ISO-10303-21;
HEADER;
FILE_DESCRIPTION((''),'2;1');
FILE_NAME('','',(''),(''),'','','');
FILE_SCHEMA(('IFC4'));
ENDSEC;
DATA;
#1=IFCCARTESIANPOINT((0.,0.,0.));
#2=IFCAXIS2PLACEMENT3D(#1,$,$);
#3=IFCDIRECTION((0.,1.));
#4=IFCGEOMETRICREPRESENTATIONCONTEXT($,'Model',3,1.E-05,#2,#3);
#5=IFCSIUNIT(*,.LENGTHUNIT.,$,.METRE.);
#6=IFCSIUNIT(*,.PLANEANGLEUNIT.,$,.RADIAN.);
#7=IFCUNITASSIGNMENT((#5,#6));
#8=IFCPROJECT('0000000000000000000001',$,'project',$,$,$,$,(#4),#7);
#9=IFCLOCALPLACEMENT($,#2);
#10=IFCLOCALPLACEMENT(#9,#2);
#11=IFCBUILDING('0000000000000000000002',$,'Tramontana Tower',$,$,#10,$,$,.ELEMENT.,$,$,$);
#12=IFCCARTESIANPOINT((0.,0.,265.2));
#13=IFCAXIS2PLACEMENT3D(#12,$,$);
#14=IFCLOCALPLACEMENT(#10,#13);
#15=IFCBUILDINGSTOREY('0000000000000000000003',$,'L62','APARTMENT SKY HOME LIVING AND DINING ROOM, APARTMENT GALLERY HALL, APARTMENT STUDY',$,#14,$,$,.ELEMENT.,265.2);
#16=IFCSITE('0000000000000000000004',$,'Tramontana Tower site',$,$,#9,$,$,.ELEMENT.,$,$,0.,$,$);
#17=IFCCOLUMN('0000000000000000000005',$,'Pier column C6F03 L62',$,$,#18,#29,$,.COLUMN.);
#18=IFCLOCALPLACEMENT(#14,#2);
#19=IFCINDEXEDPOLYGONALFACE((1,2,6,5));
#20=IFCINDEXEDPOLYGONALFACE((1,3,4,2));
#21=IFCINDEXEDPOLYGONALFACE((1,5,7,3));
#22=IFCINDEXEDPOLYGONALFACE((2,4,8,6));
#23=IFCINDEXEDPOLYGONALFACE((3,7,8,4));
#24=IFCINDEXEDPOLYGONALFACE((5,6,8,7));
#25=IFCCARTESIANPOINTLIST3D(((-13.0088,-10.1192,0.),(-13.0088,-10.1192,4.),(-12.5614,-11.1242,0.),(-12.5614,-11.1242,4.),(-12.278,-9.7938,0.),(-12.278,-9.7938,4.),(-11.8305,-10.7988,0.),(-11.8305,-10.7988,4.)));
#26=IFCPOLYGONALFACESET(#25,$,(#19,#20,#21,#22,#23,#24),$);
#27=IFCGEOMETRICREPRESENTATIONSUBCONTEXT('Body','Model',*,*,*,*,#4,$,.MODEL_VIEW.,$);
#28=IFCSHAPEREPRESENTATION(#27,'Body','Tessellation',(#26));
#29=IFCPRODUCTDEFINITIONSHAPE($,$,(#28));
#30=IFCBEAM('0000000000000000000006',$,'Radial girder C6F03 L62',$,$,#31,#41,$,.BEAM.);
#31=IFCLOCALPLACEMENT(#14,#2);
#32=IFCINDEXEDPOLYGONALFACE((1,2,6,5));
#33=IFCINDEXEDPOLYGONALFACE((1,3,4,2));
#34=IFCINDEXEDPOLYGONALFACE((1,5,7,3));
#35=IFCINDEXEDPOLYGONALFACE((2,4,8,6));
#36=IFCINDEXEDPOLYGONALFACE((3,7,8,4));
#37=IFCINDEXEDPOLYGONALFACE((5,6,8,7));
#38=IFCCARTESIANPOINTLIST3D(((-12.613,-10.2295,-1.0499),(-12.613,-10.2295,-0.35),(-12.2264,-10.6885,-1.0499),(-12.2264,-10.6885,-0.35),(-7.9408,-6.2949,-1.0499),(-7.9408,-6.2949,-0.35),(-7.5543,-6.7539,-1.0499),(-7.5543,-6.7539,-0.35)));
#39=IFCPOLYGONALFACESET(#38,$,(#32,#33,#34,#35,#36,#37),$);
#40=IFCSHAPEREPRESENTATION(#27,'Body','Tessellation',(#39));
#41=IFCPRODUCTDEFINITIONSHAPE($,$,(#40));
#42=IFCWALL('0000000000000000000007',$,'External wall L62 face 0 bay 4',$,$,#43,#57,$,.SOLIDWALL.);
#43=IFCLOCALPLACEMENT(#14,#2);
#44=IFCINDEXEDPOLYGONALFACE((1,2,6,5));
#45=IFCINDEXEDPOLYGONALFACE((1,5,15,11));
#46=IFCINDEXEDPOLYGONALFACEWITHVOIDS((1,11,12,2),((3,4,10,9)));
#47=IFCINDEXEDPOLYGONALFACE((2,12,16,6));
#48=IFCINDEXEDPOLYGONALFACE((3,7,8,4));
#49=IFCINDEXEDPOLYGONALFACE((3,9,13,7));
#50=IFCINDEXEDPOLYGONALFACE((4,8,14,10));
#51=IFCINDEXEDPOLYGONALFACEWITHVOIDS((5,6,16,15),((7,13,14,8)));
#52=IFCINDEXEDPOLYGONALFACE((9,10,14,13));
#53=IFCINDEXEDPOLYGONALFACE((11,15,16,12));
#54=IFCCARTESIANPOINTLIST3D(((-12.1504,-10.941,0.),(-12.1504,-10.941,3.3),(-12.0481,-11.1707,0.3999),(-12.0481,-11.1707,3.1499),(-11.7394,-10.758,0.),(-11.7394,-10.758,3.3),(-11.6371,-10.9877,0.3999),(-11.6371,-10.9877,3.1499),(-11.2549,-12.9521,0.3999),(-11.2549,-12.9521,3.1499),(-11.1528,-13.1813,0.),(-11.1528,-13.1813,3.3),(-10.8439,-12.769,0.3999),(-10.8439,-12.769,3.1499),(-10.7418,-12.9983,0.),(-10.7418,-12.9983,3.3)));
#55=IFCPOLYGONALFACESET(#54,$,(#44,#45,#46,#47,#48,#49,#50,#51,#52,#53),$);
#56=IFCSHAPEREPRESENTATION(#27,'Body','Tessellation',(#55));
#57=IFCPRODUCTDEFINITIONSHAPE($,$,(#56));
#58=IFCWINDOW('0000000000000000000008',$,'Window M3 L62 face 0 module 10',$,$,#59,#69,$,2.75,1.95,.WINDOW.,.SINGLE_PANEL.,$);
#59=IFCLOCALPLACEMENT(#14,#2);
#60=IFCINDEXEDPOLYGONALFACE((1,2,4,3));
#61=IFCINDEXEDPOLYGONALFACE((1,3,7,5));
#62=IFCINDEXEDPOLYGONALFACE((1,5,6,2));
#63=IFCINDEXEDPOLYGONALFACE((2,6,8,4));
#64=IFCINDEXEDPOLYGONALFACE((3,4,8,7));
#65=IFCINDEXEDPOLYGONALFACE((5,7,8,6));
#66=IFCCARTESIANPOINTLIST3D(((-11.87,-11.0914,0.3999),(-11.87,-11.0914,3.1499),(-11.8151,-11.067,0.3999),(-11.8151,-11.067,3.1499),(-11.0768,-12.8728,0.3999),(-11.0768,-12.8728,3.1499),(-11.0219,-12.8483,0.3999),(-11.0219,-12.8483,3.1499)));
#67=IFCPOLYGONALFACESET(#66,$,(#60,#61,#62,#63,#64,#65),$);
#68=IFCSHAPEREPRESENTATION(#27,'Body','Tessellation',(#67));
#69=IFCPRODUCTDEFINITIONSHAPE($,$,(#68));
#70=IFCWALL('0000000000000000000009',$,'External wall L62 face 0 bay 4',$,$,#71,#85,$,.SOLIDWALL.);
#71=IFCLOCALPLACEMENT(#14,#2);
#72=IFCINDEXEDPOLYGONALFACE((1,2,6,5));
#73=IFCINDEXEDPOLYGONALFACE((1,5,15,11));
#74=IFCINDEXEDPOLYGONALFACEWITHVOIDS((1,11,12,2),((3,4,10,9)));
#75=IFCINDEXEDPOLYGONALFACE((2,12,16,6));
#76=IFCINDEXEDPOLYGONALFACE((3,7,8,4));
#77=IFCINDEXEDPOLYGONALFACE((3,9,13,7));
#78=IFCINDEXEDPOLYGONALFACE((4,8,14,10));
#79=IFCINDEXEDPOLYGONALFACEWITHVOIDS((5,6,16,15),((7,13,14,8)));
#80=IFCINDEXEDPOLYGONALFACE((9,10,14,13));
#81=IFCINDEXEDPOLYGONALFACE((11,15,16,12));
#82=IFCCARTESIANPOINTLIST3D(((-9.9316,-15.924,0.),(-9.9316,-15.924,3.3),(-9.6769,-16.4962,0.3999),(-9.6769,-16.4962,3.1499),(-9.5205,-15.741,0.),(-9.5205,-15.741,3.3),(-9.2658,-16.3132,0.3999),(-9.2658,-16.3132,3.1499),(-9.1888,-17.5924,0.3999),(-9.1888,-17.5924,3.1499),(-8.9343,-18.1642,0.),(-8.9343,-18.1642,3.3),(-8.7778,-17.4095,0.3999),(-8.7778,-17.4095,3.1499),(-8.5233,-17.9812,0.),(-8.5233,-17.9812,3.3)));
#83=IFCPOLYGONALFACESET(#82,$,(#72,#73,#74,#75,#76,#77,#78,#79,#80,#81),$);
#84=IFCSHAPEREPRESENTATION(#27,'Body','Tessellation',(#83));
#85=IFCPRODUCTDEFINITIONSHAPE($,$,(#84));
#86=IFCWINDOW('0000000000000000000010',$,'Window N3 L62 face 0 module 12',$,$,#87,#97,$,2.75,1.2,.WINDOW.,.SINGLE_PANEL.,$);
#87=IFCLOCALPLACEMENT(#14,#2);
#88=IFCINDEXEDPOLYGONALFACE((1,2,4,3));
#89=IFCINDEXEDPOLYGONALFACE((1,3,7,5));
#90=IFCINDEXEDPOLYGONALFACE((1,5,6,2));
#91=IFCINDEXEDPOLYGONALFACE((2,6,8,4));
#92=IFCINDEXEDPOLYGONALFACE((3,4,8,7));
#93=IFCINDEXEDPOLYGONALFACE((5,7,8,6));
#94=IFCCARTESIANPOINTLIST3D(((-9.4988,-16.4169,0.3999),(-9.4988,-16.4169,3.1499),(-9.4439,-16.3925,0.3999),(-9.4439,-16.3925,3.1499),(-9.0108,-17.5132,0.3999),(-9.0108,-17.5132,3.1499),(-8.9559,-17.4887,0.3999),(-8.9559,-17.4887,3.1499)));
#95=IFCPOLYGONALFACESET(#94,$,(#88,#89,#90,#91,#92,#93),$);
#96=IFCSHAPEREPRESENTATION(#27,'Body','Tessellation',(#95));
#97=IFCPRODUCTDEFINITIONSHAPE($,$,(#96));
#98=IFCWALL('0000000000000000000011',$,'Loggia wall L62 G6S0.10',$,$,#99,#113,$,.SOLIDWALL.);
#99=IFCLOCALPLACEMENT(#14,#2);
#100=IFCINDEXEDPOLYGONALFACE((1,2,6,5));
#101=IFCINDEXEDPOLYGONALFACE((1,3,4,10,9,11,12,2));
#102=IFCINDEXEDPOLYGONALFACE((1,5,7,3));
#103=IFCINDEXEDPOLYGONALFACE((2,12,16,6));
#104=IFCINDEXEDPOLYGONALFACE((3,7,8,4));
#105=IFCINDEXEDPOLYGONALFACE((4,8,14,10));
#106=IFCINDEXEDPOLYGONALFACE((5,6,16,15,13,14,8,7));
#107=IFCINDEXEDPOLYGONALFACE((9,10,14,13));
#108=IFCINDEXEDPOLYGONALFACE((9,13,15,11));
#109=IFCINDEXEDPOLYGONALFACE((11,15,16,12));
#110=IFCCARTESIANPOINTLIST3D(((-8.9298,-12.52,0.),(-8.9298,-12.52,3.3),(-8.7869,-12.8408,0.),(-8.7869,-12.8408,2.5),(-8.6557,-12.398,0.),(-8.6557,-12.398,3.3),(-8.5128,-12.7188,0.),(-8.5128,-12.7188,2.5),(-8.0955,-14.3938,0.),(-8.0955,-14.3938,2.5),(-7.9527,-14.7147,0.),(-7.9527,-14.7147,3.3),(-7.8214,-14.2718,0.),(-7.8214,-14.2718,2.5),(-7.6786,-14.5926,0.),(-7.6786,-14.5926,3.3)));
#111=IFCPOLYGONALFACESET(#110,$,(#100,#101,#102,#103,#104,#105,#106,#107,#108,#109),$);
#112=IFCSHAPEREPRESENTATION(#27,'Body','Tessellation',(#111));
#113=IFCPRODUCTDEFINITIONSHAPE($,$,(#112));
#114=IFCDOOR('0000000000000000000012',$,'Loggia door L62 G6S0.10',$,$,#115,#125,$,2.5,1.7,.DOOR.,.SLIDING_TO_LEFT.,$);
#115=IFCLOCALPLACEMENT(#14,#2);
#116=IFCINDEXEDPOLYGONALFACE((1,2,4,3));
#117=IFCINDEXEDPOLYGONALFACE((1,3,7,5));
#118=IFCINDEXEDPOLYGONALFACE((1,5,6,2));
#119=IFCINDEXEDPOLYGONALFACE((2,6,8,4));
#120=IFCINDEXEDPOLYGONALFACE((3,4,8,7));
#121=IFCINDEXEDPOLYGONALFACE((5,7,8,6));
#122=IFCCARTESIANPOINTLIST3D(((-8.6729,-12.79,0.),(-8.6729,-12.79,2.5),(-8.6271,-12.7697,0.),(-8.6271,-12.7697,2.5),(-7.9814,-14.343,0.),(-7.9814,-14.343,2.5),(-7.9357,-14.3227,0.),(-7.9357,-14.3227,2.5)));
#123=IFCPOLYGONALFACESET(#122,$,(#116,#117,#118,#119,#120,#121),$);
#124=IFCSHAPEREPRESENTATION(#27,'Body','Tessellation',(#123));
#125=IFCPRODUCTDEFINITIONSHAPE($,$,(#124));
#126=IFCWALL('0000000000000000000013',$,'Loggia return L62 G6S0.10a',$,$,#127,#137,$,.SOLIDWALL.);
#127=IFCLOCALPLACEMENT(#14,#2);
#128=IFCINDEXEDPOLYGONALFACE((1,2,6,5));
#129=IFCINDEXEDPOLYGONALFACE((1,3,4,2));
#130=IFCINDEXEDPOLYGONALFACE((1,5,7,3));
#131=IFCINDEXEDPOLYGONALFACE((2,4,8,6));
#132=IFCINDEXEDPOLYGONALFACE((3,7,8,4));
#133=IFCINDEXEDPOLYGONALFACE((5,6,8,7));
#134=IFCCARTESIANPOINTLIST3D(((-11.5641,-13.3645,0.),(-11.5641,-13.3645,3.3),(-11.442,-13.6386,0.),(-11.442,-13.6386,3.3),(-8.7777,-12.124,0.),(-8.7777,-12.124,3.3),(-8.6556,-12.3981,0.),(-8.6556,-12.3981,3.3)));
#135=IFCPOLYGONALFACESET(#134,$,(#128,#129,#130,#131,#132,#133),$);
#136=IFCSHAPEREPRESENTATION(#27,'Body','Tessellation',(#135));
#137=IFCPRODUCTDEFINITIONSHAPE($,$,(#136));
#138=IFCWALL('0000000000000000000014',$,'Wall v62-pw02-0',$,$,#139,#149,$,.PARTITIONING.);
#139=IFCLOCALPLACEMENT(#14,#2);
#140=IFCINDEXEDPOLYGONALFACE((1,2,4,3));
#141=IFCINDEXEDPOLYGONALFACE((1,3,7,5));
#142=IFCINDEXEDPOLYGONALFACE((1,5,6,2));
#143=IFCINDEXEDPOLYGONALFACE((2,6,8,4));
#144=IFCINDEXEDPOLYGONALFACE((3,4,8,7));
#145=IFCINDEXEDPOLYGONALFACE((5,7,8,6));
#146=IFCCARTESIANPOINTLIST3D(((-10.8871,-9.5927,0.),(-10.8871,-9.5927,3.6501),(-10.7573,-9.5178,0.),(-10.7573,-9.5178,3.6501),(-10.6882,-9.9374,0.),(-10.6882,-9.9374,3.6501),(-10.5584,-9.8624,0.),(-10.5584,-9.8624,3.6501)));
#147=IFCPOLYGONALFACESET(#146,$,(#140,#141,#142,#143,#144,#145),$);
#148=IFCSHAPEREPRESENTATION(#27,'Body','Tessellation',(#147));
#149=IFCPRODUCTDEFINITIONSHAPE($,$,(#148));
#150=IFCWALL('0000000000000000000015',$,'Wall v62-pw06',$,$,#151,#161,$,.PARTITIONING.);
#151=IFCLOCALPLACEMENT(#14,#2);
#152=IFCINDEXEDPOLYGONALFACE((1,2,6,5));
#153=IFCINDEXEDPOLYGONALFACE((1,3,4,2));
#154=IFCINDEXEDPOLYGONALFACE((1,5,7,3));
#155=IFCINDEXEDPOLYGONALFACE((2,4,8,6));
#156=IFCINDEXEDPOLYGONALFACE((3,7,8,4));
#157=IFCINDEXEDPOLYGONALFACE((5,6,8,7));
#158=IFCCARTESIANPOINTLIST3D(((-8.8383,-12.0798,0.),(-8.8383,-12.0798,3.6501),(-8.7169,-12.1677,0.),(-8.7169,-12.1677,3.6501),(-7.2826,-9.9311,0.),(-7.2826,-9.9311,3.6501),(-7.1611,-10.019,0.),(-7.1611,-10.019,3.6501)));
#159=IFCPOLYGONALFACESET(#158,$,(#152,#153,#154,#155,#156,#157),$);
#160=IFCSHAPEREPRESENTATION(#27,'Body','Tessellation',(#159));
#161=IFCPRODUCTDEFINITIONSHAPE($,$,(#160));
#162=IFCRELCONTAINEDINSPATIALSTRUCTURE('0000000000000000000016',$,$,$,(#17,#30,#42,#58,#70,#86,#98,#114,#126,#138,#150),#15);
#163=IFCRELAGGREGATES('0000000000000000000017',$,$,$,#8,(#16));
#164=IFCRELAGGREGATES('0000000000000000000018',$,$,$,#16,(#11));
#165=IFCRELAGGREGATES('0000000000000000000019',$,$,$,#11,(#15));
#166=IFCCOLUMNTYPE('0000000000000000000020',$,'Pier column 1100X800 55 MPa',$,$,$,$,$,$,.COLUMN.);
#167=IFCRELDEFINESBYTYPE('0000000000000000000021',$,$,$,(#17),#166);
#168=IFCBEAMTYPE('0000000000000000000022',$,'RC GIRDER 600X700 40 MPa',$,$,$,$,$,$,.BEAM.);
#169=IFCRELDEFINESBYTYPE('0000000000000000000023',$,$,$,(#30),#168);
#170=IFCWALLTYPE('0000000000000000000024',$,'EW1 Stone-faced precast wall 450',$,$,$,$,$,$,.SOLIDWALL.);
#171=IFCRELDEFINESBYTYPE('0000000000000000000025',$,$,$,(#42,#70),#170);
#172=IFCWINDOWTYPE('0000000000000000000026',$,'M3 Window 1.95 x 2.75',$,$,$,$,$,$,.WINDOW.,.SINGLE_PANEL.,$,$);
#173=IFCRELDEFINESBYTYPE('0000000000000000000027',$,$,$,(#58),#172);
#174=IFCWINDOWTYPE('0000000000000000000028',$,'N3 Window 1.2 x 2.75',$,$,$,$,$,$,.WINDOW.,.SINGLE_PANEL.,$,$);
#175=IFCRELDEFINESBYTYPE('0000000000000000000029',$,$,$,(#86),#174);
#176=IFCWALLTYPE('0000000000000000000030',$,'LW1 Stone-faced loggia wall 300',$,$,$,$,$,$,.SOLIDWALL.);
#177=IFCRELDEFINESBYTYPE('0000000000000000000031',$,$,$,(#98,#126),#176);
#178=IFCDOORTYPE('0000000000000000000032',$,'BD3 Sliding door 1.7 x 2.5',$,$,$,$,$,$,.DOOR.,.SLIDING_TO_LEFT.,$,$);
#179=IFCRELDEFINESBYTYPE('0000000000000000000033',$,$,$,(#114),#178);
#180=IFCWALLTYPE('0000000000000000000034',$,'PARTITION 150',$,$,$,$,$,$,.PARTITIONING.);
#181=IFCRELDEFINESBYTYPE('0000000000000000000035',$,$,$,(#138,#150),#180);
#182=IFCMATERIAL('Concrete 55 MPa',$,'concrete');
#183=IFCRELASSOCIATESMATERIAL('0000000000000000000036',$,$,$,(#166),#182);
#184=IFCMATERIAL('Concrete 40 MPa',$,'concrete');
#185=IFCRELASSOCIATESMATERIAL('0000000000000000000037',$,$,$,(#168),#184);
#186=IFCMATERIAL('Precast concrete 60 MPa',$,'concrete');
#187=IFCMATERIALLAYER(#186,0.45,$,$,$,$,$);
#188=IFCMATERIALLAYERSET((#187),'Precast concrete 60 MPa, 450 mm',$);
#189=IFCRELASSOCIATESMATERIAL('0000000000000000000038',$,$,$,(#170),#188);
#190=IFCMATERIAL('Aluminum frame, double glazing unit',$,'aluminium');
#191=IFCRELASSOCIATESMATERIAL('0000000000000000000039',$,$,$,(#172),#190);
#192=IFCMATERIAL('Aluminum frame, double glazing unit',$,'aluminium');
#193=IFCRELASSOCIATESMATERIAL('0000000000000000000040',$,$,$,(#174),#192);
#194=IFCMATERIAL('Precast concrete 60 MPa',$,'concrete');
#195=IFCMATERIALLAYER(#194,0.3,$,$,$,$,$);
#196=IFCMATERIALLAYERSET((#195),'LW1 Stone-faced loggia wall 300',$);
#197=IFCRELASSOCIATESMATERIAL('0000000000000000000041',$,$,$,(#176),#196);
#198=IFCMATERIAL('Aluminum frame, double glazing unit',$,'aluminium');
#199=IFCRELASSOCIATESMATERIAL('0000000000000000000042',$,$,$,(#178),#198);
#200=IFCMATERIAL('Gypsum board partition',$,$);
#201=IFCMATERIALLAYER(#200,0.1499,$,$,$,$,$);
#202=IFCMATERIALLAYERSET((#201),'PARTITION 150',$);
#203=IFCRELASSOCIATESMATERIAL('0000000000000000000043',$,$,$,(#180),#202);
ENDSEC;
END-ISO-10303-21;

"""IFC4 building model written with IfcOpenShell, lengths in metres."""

from ifc_helpers import new_model, si_unit, direction, frame, frame_2d, origin, origin_2d, place, context, subcontext, project, spatial, rectangle, extrude, material, layer, layer_set, material_profile, profile_set, type_object, element, fill, save


model = new_model("IFC4")

# Units and contexts
model_context = context("Model", 3, precision=1e-05, world=origin(), true_north=direction((0.0, 1.0)))
body_context = subcontext(model_context, "Body", "Model", "MODEL_VIEW")
ifc_project = project(units=[si_unit("LENGTHUNIT", "METRE"), si_unit("PLANEANGLEUNIT", "RADIAN")], contexts=[model_context])

# Site, building, storey
site_placement = place(None, origin())
site = spatial("IfcSite", under=ifc_project, at=site_placement, Name="Tramontana Tower site", CompositionType="ELEMENT", RefElevation=0.0)
building_placement = place(site_placement, origin())
building = spatial("IfcBuilding", under=site, at=building_placement, Name="Tramontana Tower", CompositionType="ELEMENT")
storey_placement = place(building_placement, frame((0.0, 0.0, 265.2)))
storey = spatial("IfcBuildingStorey", under=building, at=storey_placement, Name="L62", Description="APARTMENT SKY HOME LIVING AND DINING ROOM, APARTMENT GALLERY HALL, APARTMENT STUDY", CompositionType="ELEMENT", Elevation=265.2)

# Column
ifc_material_1 = material(Name="Concrete 55 MPa", Category="concrete")
ifc_material_profile_1 = material_profile(ifc_material_1, rectangle(XDim=1.1001, YDim=0.8, at=origin_2d()), Name="Pier column 1100X800 55 MPa")
ifc_profile_set_1 = profile_set([ifc_material_profile_1], Name="Concrete 55 MPa")
column_type = type_object("IfcColumnType", Name="Pier column 1100X800 55 MPa", PredefinedType="COLUMN", material=ifc_profile_set_1)
column_placement = place(storey_placement, frame((-12.4197, -10.459, 0.0), z_axis=(0.0, 0.0, 1.0), x_axis=(0.406737, -0.913545, 0.0)))
element("IfcColumn", 1, at=column_placement, inside=storey, type_object=column_type, Name="Pier column C6F03 L62", PredefinedType="COLUMN", context=body_context, shape_type="SweptSolid", body=[
    extrude(rectangle(XDim=1.1001, YDim=0.8, at=origin_2d()), origin(), (0.0, 0.0, 1.0), 4.0),
])

# Beam
ifc_material_2 = material(Name="Concrete 40 MPa", Category="concrete")
ifc_material_profile_2 = material_profile(ifc_material_2, rectangle(XDim=0.6001, YDim=0.7, at=origin_2d()), Name="RC GIRDER 600X700 40 MPa")
ifc_profile_set_2 = profile_set([ifc_material_profile_2], Name="Concrete 40 MPa")
beam_type = type_object("IfcBeamType", Name="RC GIRDER 600X700 40 MPa", PredefinedType="BEAM", material=ifc_profile_set_2)
beam_placement = place(storey_placement, frame((-12.4197, -10.459, -0.7), z_axis=(0.764899, 0.644151, 0.0), x_axis=(-0.644151, 0.764899, 0.0)))
element("IfcBeam", 2, at=beam_placement, inside=storey, type_object=beam_type, Name="Radial girder C6F03 L62", PredefinedType="BEAM", context=body_context, shape_type="SweptSolid", body=[
    extrude(rectangle(XDim=0.6001, YDim=0.7, at=origin_2d()), origin(), (0.0, 0.0, 1.0), 6.1082),
])

# Walls, openings, windows
ifc_material_3 = material(Name="Precast concrete 60 MPa", Category="concrete")
ifc_layer_1 = layer(ifc_material_3, 0.45)
ifc_layer_set_1 = layer_set([ifc_layer_1], Name="Precast concrete 60 MPa, 450 mm")
wall_type_1 = type_object("IfcWallType", Name="EW1 Stone-faced precast wall 450", PredefinedType="SOLIDWALL", material=ifc_layer_set_1)
wall_1_placement = place(storey_placement, frame((-11.9448, -10.8496, 0.0), z_axis=(0.0, 0.0, 1.0), x_axis=(0.406785, -0.913524, 0.0)))
wall_1 = element("IfcWall", 3, at=wall_1_placement, inside=storey, type_object=wall_type_1, Name="External wall L62 face 0 bay 4", PredefinedType="SOLIDWALL", context=body_context, shape_type="SweptSolid", body=[
    extrude(rectangle(XDim=2.4524, YDim=0.45, at=frame_2d((1.2261, 0.0))), origin(), (0.0, 0.0, 1.0), 3.3),
])
opening_1_placement = place(wall_1_placement, frame((0.2512, 0.0, 0.3999)))
opening_1 = element("IfcOpeningElement", 4, at=opening_1_placement, cuts=wall_1, PredefinedType="OPENING", context=body_context, shape_type="SweptSolid", body=[
    extrude(rectangle(XDim=1.95, YDim=2.75, at=frame_2d((0.9751, 1.375))), frame((0.0, 0.2349, 0.0), z_axis=(0.0, -1.0, 0.0), x_axis=(1.0, 0.0, 0.0)), (0.0, 0.0, 1.0), 0.47),
])
ifc_material_4 = material(Name="Aluminum frame, double glazing unit", Category="aluminium")
window_type_1 = type_object("IfcWindowType", Name="M3 Window 1.95 x 2.75", PartitioningType="SINGLE_PANEL", PredefinedType="WINDOW", material=ifc_material_4)
window_1_placement = place(opening_1_placement, origin())
window_1 = element("IfcWindow", 5, at=window_1_placement, inside=storey, type_object=window_type_1, Name="Window M3 L62 face 0 module 10", OverallHeight=2.75, OverallWidth=1.95, PartitioningType="SINGLE_PANEL", PredefinedType="WINDOW", context=body_context, shape_type="SweptSolid", body=[
    extrude(rectangle(XDim=1.95, YDim=2.75, at=frame_2d((0.9751, 1.375))), frame((0.0, 0.03, 0.0), z_axis=(0.0, -1.0, 0.0), x_axis=(1.0, 0.0, 0.0)), (0.0, 0.0, 1.0), 0.0601),
])
fill(opening_1, window_1)
wall_2_placement = place(storey_placement, frame((-9.7261, -15.8325, 0.0), z_axis=(0.0, 0.0, 1.0), x_axis=(0.406702, -0.913561, 0.0)))
wall_2 = element("IfcWall", 6, at=wall_2_placement, inside=storey, type_object=wall_type_1, Name="External wall L62 face 0 bay 4", PredefinedType="SOLIDWALL", context=body_context, shape_type="SweptSolid", body=[
    extrude(rectangle(XDim=2.4521, YDim=0.45, at=frame_2d((1.2261, 0.0))), origin(), (0.0, 0.0, 1.0), 3.3),
])
opening_2_placement = place(wall_2_placement, frame((0.6262, 0.0, 0.3999)))
opening_2 = element("IfcOpeningElement", 7, at=opening_2_placement, cuts=wall_2, PredefinedType="OPENING", context=body_context, shape_type="SweptSolid", body=[
    extrude(rectangle(XDim=1.2, YDim=2.75, at=frame_2d((0.6001, 1.375))), frame((0.0, 0.2349, 0.0), z_axis=(0.0, -1.0, 0.0), x_axis=(1.0, 0.0, 0.0)), (0.0, 0.0, 1.0), 0.47),
])
ifc_material_5 = material(Name="Aluminum frame, double glazing unit", Category="aluminium")
window_type_2 = type_object("IfcWindowType", Name="N3 Window 1.2 x 2.75", PartitioningType="SINGLE_PANEL", PredefinedType="WINDOW", material=ifc_material_5)
window_2_placement = place(opening_2_placement, origin())
window_2 = element("IfcWindow", 8, at=window_2_placement, inside=storey, type_object=window_type_2, Name="Window N3 L62 face 0 module 12", OverallHeight=2.75, OverallWidth=1.2, PartitioningType="SINGLE_PANEL", PredefinedType="WINDOW", context=body_context, shape_type="SweptSolid", body=[
    extrude(rectangle(XDim=1.2, YDim=2.75, at=frame_2d((0.6001, 1.375))), frame((0.0, 0.03, 0.0), z_axis=(0.0, -1.0, 0.0), x_axis=(1.0, 0.0, 0.0)), (0.0, 0.0, 1.0), 0.0601),
])
fill(opening_2, window_2)

# Wall, opening, door
ifc_material_6 = material(Name="Precast concrete 60 MPa", Category="concrete")
ifc_layer_2 = layer(ifc_material_6, 0.3)
ifc_layer_set_2 = layer_set([ifc_layer_2], Name="LW1 Stone-faced loggia wall 300")
wall_type_2 = type_object("IfcWallType", Name="LW1 Stone-faced loggia wall 300", PredefinedType="SOLIDWALL", material=ifc_layer_set_2)
wall_3_placement = place(storey_placement, frame((-8.7927, -12.459, 0.0), z_axis=(0.0, 0.0, 1.0), x_axis=(0.406723, -0.913552, 0.0)))
wall_3 = element("IfcWall", 9, at=wall_3_placement, inside=storey, type_object=wall_type_2, Name="Loggia wall L62 G6S0.10", PredefinedType="SOLIDWALL", context=body_context, shape_type="SweptSolid", body=[
    extrude(rectangle(XDim=2.4023, YDim=0.3, at=frame_2d((1.2012, 0.0))), origin(), (0.0, 0.0, 1.0), 3.3),
])
opening_3_placement = place(wall_3_placement, frame((0.3511, 0.0, 0.0)))
opening_3 = element("IfcOpeningElement", 10, at=opening_3_placement, cuts=wall_3, PredefinedType="OPENING", context=body_context, shape_type="SweptSolid", body=[
    extrude(rectangle(XDim=1.7, YDim=2.5, at=frame_2d((0.8501, 1.25))), frame((0.0, 0.1599, 0.0), z_axis=(0.0, -1.0, 0.0), x_axis=(1.0, 0.0, 0.0)), (0.0, 0.0, 1.0), 0.3201),
])
ifc_material_7 = material(Name="Aluminum frame, double glazing unit", Category="aluminium")
door_type_1 = type_object("IfcDoorType", Name="BD3 Sliding door 1.7 x 2.5", OperationType="SLIDING_TO_LEFT", PredefinedType="DOOR", material=ifc_material_7)
door_1_placement = place(opening_3_placement, origin())
door_1 = element("IfcDoor", 11, at=door_1_placement, inside=storey, type_object=door_type_1, Name="Loggia door L62 G6S0.10", OperationType="SLIDING_TO_LEFT", OverallHeight=2.5, OverallWidth=1.7, PredefinedType="DOOR", context=body_context, shape_type="SweptSolid", body=[
    extrude(rectangle(XDim=1.7, YDim=2.5, at=frame_2d((0.8501, 1.25))), frame((0.0, 0.0249, 0.0), z_axis=(0.0, -1.0, 0.0), x_axis=(1.0, 0.0, 0.0)), (0.0, 0.0, 1.0), 0.05),
])
fill(opening_3, door_1)

# Walls
wall_4_placement = place(storey_placement, frame((-11.5029, -13.5015, 0.0), z_axis=(0.0, 0.0, 1.0), x_axis=(0.913557, 0.40671, 0.0)))
element("IfcWall", 12, at=wall_4_placement, inside=storey, type_object=wall_type_2, Name="Loggia return L62 G6S0.10a", PredefinedType="SOLIDWALL", context=body_context, shape_type="SweptSolid", body=[
    extrude(rectangle(XDim=3.05, YDim=0.3, at=frame_2d((1.5249, 0.0))), origin(), (0.0, 0.0, 1.0), 3.3),
])
ifc_material_8 = material(Name="Gypsum board partition")
ifc_layer_3 = layer(ifc_material_8, 0.1499)
ifc_layer_set_3 = layer_set([ifc_layer_3], Name="PARTITION 150")
wall_type_3 = type_object("IfcWallType", Name="PARTITION 150", PredefinedType="PARTITIONING", material=ifc_layer_set_3)
wall_5_placement = place(storey_placement, frame((-10.6233, -9.8999, 0.0), z_axis=(0.0, 0.0, 1.0), x_axis=(-0.499899, 0.866083, 0.0)))
element("IfcWall", 13, at=wall_5_placement, inside=storey, type_object=wall_type_3, Name="Wall v62-pw02-0", PredefinedType="PARTITIONING", context=body_context, shape_type="SweptSolid", body=[
    extrude(rectangle(XDim=0.3979, YDim=0.1499, at=frame_2d((0.199, 0.0))), origin(), (0.0, 0.0, 1.0), 3.6501),
])
wall_6_placement = place(storey_placement, frame((-8.7776, -12.1238, 0.0), z_axis=(0.0, 0.0, 1.0), x_axis=(0.586441, 0.809992, 0.0)))
element("IfcWall", 14, at=wall_6_placement, inside=storey, type_object=wall_type_3, Name="Wall v62-pw06", PredefinedType="PARTITIONING", context=body_context, shape_type="SweptSolid", body=[
    extrude(rectangle(XDim=2.6528, YDim=0.1499, at=frame_2d((1.3264, 0.0))), origin(), (0.0, 0.0, 1.0), 3.6501),
])

save(model, "model.ifc")
